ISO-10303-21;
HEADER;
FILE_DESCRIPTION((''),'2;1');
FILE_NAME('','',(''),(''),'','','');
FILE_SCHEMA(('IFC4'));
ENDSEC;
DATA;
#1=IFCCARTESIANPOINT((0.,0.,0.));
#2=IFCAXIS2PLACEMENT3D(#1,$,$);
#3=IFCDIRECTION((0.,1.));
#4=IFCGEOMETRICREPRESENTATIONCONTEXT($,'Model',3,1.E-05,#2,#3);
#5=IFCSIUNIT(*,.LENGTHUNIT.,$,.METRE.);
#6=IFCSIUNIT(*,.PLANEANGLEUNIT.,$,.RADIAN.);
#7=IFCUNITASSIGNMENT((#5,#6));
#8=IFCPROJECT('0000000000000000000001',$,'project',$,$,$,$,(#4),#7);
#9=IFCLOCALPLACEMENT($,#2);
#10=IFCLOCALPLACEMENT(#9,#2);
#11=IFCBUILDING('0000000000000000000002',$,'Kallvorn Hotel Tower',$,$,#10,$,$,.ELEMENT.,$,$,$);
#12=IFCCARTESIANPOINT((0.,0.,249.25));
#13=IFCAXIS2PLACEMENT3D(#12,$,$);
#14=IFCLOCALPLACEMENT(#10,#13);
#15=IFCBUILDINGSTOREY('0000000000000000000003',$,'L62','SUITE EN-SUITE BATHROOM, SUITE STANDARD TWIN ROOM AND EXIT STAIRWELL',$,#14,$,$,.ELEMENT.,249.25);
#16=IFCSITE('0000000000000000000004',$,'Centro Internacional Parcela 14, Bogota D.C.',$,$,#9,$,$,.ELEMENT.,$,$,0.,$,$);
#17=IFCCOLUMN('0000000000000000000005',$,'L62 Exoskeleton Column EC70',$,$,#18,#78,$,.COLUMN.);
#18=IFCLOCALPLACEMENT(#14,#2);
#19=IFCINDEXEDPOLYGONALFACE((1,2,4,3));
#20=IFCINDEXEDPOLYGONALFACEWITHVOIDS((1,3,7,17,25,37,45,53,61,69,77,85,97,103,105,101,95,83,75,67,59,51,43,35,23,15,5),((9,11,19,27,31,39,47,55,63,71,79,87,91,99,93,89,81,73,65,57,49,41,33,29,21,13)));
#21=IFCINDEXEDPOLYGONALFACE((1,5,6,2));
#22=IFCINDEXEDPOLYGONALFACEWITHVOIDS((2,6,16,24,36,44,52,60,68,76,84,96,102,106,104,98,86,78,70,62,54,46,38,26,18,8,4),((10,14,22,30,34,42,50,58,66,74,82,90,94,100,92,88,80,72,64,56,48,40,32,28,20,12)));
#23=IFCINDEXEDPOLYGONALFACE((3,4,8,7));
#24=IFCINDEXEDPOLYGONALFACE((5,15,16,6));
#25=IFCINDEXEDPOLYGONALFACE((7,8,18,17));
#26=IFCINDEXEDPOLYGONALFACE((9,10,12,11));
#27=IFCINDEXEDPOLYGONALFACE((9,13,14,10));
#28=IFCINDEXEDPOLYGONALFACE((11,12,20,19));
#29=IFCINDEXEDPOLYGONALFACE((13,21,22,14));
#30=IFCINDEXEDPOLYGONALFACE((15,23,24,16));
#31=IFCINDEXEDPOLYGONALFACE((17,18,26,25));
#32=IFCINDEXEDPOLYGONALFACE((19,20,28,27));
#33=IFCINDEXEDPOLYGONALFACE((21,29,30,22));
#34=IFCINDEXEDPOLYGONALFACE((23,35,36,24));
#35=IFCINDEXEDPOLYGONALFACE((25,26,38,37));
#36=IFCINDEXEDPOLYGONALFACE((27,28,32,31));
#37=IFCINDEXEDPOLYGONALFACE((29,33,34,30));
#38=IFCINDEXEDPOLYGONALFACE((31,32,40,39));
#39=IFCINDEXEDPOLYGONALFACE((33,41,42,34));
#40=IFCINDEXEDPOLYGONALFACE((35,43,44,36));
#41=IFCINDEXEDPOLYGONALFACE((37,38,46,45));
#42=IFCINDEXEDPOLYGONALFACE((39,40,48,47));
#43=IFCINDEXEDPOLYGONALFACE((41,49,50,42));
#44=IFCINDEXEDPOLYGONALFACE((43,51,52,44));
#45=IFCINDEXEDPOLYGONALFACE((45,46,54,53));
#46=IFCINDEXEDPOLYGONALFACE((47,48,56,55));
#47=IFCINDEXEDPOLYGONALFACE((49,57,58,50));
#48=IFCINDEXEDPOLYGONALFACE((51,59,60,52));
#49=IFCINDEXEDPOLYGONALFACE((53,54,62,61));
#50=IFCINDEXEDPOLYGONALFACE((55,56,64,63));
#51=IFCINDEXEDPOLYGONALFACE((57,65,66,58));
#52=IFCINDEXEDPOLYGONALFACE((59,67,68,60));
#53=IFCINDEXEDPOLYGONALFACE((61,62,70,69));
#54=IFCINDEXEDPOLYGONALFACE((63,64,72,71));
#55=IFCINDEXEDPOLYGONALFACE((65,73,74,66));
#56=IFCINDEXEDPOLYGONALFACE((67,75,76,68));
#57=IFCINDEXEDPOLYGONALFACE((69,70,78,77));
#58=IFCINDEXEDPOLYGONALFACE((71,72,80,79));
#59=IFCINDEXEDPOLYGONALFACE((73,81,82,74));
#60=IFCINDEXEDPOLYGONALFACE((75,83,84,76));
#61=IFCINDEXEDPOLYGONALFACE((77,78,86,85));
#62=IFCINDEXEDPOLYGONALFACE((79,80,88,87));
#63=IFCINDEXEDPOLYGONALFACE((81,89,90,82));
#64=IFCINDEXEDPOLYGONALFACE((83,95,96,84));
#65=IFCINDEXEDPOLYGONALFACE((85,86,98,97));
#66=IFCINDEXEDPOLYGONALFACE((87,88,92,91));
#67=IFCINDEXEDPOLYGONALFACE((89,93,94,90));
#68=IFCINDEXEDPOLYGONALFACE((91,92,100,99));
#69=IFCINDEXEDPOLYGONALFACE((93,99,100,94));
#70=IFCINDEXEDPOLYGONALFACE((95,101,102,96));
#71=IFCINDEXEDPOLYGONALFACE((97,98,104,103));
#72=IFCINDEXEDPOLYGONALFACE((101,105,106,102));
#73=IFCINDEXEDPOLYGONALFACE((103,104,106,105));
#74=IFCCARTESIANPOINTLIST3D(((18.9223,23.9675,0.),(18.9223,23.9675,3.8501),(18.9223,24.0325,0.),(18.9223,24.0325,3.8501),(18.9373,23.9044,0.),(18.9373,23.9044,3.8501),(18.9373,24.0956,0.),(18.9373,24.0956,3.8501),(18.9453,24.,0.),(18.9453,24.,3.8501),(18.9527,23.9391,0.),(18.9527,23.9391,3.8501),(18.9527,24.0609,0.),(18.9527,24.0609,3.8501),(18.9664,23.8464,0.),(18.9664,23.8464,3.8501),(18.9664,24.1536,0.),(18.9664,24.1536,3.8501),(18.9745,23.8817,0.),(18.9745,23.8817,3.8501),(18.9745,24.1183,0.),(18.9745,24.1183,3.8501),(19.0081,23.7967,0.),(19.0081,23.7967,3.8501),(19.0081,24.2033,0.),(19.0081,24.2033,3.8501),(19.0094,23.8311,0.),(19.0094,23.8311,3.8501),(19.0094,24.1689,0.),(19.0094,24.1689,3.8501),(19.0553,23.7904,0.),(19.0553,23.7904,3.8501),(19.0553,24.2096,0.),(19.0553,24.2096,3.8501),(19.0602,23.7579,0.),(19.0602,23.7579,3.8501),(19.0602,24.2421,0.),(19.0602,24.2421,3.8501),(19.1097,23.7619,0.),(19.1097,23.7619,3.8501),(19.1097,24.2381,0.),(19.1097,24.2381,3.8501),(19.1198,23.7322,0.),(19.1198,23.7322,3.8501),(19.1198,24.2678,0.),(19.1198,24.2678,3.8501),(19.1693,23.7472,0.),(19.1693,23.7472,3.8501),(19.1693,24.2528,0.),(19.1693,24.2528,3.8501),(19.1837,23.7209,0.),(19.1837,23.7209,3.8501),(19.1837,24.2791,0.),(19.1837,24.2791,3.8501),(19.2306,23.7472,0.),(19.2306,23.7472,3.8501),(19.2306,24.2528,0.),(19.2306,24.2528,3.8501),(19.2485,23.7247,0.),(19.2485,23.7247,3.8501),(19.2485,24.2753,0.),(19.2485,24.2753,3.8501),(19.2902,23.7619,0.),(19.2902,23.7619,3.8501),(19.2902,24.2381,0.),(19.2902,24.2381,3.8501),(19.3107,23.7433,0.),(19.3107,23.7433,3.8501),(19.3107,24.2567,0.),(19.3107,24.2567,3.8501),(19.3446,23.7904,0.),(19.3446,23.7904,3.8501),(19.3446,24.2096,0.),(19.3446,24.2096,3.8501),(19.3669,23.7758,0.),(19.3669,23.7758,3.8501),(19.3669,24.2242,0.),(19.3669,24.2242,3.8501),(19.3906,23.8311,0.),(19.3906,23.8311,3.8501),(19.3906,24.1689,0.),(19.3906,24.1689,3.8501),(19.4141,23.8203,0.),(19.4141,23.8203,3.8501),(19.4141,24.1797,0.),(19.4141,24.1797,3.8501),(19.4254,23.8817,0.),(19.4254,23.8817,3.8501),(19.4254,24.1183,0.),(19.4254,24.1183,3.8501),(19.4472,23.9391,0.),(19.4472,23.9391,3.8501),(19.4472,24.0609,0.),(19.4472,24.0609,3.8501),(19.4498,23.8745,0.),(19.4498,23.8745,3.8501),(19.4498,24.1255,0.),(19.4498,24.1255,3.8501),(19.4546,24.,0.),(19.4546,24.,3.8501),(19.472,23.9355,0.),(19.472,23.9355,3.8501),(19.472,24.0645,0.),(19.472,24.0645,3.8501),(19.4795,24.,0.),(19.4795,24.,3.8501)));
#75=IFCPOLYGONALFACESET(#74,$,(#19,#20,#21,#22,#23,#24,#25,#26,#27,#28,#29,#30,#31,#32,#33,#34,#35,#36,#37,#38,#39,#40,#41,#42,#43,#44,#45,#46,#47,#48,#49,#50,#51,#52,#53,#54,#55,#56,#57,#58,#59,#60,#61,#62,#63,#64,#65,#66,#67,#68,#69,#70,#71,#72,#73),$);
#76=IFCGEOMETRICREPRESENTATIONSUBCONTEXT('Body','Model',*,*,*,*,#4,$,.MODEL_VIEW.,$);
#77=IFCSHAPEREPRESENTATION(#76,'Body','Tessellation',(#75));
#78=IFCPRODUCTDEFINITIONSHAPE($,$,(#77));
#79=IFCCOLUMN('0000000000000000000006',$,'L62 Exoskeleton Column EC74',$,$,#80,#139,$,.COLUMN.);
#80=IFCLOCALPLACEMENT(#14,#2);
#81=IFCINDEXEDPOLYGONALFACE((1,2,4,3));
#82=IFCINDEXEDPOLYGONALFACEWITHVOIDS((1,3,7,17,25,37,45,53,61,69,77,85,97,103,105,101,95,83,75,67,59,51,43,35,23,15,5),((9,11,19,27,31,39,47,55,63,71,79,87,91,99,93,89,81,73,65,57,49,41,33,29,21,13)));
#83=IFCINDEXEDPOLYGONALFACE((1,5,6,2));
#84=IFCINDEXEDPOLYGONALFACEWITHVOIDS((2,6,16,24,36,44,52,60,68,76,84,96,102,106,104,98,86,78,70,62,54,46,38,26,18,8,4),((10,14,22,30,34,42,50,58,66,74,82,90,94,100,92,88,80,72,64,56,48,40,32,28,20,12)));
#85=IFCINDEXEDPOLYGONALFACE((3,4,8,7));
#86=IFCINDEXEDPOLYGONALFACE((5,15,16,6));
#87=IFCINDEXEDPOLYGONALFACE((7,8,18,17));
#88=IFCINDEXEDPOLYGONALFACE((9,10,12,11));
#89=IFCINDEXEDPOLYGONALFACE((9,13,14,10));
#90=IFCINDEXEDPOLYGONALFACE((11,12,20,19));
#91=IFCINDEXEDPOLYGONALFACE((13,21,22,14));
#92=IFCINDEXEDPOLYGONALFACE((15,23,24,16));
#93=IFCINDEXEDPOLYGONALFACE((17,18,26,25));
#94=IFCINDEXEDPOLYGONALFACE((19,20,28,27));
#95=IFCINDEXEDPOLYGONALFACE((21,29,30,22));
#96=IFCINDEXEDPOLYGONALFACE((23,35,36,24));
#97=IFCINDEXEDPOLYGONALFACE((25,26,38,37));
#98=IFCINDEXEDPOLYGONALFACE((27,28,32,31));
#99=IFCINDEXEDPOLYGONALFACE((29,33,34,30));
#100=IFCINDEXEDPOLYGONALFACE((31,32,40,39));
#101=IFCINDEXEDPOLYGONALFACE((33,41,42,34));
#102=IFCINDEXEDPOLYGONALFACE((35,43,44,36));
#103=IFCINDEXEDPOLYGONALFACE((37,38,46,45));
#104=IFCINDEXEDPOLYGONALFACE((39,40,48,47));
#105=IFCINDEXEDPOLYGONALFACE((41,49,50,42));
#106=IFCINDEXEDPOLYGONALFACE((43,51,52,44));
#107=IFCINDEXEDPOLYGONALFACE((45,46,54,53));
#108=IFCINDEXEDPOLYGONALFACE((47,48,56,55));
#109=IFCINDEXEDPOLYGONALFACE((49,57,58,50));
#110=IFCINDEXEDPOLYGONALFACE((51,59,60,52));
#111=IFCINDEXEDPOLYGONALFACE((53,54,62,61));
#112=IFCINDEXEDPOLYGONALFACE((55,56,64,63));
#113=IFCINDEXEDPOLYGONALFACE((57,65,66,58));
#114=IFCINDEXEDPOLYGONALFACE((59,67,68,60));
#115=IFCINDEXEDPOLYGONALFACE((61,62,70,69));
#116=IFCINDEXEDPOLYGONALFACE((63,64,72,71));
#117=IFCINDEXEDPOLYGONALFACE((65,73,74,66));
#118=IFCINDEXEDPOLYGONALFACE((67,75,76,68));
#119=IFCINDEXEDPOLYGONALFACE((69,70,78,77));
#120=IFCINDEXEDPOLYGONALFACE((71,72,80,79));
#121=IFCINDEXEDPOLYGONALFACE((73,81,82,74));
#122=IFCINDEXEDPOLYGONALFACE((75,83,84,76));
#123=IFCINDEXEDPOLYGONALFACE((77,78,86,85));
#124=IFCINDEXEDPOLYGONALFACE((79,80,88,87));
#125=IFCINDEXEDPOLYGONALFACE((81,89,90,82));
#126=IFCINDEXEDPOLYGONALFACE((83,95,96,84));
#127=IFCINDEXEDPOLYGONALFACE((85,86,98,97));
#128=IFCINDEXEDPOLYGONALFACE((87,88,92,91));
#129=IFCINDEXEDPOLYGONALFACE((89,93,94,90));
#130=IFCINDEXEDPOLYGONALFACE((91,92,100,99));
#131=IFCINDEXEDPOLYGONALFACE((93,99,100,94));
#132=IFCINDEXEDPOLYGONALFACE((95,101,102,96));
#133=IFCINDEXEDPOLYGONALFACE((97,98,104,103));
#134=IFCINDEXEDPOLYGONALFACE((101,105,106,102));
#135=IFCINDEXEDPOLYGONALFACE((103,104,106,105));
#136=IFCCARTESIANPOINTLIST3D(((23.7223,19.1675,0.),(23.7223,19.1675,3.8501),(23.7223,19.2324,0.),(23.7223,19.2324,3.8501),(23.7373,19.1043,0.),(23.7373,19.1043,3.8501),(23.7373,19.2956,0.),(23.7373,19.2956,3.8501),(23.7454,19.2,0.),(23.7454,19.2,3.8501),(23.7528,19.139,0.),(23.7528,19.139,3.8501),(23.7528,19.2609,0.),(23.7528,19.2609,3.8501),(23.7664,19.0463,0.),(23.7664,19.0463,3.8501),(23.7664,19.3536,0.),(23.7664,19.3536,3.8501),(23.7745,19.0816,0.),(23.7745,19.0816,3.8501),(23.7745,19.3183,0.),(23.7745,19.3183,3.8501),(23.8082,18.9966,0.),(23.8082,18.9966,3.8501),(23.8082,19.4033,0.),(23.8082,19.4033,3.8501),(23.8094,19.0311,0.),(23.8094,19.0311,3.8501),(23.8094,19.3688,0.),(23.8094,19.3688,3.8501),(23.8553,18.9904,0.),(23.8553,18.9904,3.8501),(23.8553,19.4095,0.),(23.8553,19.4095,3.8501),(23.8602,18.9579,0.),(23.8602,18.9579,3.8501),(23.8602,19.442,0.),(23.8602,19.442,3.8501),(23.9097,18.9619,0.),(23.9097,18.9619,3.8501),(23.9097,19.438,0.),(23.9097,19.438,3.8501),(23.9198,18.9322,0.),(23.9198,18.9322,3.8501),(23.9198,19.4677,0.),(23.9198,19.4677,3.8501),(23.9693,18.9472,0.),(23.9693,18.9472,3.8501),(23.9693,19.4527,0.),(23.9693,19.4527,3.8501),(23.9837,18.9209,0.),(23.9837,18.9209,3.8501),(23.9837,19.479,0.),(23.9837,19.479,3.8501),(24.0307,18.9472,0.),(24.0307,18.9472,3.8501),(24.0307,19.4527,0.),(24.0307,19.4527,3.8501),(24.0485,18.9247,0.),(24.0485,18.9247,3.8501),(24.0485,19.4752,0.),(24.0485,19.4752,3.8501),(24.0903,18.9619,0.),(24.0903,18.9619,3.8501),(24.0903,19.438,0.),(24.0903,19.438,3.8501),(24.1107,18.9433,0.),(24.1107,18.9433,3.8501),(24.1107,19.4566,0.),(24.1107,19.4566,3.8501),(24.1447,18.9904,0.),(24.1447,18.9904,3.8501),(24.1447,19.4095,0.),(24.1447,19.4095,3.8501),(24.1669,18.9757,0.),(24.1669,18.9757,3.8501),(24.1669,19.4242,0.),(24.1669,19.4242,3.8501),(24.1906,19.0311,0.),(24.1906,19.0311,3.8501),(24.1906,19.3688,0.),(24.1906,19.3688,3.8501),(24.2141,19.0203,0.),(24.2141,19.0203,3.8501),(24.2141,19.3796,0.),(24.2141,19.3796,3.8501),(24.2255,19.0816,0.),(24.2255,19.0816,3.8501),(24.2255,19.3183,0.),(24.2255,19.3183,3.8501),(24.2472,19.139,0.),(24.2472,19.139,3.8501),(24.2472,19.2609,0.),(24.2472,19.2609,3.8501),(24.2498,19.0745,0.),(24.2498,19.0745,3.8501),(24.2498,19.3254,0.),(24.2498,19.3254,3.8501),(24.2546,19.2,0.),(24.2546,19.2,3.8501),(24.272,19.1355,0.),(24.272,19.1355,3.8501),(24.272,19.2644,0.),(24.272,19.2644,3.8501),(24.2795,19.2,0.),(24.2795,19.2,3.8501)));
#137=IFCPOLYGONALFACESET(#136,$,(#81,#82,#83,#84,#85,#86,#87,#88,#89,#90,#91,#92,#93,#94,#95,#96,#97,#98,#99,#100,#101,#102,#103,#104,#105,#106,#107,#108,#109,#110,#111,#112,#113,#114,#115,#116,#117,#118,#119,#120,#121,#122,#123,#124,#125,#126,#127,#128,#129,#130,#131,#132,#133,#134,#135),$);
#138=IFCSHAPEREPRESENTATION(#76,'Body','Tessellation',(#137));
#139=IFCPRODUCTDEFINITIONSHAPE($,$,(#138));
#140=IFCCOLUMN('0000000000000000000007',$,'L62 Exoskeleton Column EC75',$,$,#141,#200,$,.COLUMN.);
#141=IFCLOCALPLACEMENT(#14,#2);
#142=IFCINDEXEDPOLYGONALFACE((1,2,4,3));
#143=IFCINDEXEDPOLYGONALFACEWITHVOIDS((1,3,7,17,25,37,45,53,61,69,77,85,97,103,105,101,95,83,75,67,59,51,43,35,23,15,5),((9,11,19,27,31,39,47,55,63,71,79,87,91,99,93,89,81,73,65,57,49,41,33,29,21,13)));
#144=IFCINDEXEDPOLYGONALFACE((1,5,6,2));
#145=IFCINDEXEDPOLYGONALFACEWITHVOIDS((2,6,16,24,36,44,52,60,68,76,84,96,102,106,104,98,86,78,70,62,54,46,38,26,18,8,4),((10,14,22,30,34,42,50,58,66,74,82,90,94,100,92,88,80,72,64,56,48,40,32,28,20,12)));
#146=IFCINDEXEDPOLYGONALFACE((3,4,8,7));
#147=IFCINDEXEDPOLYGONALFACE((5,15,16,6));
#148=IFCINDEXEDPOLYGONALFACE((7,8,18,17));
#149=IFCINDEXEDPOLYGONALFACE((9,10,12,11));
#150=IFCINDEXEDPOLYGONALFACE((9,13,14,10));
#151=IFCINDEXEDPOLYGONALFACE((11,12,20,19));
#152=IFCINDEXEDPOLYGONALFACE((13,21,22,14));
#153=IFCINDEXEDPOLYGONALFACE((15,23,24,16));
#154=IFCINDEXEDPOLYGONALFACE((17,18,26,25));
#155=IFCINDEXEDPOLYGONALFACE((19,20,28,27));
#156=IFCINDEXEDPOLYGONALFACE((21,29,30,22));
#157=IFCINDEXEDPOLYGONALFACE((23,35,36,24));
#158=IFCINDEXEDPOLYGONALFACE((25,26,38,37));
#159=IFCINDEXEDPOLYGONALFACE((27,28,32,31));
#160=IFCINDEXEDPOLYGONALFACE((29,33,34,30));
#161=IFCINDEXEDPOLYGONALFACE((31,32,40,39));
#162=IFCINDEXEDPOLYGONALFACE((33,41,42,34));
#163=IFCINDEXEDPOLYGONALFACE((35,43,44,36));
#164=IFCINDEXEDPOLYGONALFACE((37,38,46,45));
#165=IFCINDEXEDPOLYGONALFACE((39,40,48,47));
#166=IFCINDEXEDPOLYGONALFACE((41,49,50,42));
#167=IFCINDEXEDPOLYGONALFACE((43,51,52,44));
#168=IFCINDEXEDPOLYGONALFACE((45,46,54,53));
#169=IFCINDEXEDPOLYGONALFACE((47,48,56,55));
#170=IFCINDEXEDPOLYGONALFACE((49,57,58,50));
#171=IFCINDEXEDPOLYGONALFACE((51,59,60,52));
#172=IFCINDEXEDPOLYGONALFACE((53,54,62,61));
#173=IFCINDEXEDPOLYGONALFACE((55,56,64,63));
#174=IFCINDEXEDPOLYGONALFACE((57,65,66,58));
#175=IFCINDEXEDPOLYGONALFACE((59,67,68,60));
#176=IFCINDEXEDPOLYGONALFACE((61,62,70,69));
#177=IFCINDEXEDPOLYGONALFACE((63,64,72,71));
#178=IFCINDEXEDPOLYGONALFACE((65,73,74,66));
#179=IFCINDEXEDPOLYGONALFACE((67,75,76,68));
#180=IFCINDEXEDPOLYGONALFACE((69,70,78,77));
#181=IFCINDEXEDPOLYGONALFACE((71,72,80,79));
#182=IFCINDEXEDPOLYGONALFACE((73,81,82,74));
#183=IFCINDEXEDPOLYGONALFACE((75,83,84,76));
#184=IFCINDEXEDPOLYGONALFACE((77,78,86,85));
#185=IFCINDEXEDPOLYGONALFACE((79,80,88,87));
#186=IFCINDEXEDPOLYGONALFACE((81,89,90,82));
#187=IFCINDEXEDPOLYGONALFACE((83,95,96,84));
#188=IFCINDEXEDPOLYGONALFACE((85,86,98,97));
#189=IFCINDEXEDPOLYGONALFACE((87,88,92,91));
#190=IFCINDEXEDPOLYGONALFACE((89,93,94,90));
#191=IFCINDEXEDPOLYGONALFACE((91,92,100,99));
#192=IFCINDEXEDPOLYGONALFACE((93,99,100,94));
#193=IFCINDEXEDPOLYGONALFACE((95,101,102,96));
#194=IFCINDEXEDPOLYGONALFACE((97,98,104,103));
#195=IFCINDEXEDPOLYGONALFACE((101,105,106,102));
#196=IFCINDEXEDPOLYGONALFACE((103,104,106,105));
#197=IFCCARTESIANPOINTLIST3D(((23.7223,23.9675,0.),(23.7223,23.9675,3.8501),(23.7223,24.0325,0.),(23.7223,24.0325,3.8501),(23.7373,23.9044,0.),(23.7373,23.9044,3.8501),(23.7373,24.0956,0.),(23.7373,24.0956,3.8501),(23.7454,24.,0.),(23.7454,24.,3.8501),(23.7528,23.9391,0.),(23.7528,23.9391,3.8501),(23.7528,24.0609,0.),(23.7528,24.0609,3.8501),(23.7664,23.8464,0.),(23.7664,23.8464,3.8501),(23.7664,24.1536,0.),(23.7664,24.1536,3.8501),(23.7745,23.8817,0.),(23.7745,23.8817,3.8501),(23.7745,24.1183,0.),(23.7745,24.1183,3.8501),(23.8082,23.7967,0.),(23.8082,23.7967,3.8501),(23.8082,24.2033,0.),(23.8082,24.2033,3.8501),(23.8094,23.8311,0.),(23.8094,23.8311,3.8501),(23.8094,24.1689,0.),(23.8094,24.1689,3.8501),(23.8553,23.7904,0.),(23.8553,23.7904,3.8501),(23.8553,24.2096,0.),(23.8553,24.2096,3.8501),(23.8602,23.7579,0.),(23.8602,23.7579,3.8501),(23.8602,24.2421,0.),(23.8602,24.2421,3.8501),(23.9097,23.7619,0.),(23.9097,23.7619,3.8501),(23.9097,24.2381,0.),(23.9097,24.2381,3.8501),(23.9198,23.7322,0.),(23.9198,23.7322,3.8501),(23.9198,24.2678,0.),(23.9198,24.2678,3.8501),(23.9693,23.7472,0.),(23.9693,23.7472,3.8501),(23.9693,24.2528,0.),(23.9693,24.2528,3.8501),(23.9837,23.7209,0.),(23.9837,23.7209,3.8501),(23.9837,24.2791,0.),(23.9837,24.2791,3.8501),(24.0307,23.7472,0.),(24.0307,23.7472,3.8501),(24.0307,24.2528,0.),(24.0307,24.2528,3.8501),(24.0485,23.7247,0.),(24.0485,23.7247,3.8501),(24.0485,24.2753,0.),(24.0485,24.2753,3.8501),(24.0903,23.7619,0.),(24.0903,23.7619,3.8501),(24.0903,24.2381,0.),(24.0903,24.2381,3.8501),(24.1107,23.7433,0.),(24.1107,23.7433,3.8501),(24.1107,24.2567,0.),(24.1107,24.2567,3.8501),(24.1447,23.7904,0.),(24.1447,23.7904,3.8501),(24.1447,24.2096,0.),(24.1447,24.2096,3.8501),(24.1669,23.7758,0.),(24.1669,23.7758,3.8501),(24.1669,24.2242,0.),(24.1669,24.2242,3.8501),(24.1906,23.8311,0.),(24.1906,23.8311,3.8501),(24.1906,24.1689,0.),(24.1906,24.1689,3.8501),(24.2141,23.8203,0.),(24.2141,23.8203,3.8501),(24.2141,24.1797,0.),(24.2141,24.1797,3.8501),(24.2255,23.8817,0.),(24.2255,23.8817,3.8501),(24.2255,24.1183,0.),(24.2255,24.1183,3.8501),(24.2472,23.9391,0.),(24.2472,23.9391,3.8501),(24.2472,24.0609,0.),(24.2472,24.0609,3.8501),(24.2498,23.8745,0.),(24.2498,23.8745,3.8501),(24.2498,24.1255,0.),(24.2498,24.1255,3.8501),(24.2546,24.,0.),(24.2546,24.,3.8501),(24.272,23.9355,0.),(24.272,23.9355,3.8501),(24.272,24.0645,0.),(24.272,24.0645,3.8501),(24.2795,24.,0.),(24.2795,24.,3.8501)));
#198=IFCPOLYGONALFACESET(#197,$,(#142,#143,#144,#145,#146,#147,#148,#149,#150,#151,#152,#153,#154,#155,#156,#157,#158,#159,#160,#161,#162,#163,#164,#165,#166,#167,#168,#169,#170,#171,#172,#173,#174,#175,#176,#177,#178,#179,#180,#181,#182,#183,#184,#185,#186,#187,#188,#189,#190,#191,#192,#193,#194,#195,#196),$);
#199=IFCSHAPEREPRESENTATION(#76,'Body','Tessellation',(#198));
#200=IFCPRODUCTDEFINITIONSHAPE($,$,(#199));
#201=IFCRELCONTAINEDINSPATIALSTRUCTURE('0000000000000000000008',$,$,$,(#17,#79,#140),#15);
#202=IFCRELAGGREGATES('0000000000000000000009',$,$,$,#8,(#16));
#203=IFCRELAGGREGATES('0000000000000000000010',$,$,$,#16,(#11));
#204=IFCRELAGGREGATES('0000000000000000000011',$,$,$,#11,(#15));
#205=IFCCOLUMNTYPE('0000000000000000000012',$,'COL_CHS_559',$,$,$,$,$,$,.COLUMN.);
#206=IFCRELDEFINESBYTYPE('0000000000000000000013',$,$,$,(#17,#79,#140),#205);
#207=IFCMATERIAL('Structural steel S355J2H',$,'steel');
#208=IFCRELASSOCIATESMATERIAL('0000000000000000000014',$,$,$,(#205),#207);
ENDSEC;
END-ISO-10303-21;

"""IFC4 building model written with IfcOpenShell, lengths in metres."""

from ifc_helpers import new_model, si_unit, direction, frame, origin, origin_2d, place, context, subcontext, project, spatial, hollow_circle, extrude, material, material_profile, profile_set, type_object, element, save


model = new_model("IFC4")

# Units and contexts
model_context = context("Model", 3, precision=1e-05, world=origin(), true_north=direction((0.0, 1.0)))
body_context = subcontext(model_context, "Body", "Model", "MODEL_VIEW")
ifc_project = project(units=[si_unit("LENGTHUNIT", "METRE"), si_unit("PLANEANGLEUNIT", "RADIAN")], contexts=[model_context])

# Site, building, storey
site_placement = place(None, origin())
site = spatial("IfcSite", under=ifc_project, at=site_placement, Name="Centro Internacional Parcela 14, Bogota D.C.", CompositionType="ELEMENT", RefElevation=0.0)
building_placement = place(site_placement, origin())
building = spatial("IfcBuilding", under=site, at=building_placement, Name="Kallvorn Hotel Tower", CompositionType="ELEMENT")
storey_placement = place(building_placement, frame((0.0, 0.0, 249.25)))
storey = spatial("IfcBuildingStorey", under=building, at=storey_placement, Name="L62", Description="SUITE EN-SUITE BATHROOM, SUITE STANDARD TWIN ROOM AND EXIT STAIRWELL", CompositionType="ELEMENT", Elevation=249.25)

# Columns
ifc_material_1 = material(Name="Structural steel S355J2H", Category="steel")
ifc_material_profile_1 = material_profile(ifc_material_1, hollow_circle(Radius=0.2795, WallThickness=0.0249, at=origin_2d()), Name="CHS 559x25")
ifc_profile_set_1 = profile_set([ifc_material_profile_1], Name="Structural steel S355J2H")
column_type_1 = type_object("IfcColumnType", Name="COL_CHS_559", PredefinedType="COLUMN", material=ifc_profile_set_1)
for number, where, z_axis, x_axis, name in (
    (1, (19.2, 24.0, 0.0), (0.0, 0.0, 1.0), (1.0, 0.0, 0.0), "L62 Exoskeleton Column EC70"),
    (2, (24.0, 19.2, 0.0), (0.0, 0.0, 1.0), (1.0, 0.0, 0.0), "L62 Exoskeleton Column EC74"),
    (3, (24.0, 24.0, 0.0), (0.0, 0.0, 1.0), (1.0, 0.0, 0.0), "L62 Exoskeleton Column EC75"),
):
    element("IfcColumn", number, at=place(storey_placement, frame(where, z_axis=z_axis, x_axis=x_axis)), inside=storey, type_object=column_type_1, Name=name, PredefinedType="COLUMN", context=body_context, shape_type="SweptSolid", body=[
        extrude(hollow_circle(Radius=0.2795, WallThickness=0.0249, at=origin_2d()), origin(), (0.0, 0.0, 1.0), 3.8501),
    ])

save(model, "model.ifc")
